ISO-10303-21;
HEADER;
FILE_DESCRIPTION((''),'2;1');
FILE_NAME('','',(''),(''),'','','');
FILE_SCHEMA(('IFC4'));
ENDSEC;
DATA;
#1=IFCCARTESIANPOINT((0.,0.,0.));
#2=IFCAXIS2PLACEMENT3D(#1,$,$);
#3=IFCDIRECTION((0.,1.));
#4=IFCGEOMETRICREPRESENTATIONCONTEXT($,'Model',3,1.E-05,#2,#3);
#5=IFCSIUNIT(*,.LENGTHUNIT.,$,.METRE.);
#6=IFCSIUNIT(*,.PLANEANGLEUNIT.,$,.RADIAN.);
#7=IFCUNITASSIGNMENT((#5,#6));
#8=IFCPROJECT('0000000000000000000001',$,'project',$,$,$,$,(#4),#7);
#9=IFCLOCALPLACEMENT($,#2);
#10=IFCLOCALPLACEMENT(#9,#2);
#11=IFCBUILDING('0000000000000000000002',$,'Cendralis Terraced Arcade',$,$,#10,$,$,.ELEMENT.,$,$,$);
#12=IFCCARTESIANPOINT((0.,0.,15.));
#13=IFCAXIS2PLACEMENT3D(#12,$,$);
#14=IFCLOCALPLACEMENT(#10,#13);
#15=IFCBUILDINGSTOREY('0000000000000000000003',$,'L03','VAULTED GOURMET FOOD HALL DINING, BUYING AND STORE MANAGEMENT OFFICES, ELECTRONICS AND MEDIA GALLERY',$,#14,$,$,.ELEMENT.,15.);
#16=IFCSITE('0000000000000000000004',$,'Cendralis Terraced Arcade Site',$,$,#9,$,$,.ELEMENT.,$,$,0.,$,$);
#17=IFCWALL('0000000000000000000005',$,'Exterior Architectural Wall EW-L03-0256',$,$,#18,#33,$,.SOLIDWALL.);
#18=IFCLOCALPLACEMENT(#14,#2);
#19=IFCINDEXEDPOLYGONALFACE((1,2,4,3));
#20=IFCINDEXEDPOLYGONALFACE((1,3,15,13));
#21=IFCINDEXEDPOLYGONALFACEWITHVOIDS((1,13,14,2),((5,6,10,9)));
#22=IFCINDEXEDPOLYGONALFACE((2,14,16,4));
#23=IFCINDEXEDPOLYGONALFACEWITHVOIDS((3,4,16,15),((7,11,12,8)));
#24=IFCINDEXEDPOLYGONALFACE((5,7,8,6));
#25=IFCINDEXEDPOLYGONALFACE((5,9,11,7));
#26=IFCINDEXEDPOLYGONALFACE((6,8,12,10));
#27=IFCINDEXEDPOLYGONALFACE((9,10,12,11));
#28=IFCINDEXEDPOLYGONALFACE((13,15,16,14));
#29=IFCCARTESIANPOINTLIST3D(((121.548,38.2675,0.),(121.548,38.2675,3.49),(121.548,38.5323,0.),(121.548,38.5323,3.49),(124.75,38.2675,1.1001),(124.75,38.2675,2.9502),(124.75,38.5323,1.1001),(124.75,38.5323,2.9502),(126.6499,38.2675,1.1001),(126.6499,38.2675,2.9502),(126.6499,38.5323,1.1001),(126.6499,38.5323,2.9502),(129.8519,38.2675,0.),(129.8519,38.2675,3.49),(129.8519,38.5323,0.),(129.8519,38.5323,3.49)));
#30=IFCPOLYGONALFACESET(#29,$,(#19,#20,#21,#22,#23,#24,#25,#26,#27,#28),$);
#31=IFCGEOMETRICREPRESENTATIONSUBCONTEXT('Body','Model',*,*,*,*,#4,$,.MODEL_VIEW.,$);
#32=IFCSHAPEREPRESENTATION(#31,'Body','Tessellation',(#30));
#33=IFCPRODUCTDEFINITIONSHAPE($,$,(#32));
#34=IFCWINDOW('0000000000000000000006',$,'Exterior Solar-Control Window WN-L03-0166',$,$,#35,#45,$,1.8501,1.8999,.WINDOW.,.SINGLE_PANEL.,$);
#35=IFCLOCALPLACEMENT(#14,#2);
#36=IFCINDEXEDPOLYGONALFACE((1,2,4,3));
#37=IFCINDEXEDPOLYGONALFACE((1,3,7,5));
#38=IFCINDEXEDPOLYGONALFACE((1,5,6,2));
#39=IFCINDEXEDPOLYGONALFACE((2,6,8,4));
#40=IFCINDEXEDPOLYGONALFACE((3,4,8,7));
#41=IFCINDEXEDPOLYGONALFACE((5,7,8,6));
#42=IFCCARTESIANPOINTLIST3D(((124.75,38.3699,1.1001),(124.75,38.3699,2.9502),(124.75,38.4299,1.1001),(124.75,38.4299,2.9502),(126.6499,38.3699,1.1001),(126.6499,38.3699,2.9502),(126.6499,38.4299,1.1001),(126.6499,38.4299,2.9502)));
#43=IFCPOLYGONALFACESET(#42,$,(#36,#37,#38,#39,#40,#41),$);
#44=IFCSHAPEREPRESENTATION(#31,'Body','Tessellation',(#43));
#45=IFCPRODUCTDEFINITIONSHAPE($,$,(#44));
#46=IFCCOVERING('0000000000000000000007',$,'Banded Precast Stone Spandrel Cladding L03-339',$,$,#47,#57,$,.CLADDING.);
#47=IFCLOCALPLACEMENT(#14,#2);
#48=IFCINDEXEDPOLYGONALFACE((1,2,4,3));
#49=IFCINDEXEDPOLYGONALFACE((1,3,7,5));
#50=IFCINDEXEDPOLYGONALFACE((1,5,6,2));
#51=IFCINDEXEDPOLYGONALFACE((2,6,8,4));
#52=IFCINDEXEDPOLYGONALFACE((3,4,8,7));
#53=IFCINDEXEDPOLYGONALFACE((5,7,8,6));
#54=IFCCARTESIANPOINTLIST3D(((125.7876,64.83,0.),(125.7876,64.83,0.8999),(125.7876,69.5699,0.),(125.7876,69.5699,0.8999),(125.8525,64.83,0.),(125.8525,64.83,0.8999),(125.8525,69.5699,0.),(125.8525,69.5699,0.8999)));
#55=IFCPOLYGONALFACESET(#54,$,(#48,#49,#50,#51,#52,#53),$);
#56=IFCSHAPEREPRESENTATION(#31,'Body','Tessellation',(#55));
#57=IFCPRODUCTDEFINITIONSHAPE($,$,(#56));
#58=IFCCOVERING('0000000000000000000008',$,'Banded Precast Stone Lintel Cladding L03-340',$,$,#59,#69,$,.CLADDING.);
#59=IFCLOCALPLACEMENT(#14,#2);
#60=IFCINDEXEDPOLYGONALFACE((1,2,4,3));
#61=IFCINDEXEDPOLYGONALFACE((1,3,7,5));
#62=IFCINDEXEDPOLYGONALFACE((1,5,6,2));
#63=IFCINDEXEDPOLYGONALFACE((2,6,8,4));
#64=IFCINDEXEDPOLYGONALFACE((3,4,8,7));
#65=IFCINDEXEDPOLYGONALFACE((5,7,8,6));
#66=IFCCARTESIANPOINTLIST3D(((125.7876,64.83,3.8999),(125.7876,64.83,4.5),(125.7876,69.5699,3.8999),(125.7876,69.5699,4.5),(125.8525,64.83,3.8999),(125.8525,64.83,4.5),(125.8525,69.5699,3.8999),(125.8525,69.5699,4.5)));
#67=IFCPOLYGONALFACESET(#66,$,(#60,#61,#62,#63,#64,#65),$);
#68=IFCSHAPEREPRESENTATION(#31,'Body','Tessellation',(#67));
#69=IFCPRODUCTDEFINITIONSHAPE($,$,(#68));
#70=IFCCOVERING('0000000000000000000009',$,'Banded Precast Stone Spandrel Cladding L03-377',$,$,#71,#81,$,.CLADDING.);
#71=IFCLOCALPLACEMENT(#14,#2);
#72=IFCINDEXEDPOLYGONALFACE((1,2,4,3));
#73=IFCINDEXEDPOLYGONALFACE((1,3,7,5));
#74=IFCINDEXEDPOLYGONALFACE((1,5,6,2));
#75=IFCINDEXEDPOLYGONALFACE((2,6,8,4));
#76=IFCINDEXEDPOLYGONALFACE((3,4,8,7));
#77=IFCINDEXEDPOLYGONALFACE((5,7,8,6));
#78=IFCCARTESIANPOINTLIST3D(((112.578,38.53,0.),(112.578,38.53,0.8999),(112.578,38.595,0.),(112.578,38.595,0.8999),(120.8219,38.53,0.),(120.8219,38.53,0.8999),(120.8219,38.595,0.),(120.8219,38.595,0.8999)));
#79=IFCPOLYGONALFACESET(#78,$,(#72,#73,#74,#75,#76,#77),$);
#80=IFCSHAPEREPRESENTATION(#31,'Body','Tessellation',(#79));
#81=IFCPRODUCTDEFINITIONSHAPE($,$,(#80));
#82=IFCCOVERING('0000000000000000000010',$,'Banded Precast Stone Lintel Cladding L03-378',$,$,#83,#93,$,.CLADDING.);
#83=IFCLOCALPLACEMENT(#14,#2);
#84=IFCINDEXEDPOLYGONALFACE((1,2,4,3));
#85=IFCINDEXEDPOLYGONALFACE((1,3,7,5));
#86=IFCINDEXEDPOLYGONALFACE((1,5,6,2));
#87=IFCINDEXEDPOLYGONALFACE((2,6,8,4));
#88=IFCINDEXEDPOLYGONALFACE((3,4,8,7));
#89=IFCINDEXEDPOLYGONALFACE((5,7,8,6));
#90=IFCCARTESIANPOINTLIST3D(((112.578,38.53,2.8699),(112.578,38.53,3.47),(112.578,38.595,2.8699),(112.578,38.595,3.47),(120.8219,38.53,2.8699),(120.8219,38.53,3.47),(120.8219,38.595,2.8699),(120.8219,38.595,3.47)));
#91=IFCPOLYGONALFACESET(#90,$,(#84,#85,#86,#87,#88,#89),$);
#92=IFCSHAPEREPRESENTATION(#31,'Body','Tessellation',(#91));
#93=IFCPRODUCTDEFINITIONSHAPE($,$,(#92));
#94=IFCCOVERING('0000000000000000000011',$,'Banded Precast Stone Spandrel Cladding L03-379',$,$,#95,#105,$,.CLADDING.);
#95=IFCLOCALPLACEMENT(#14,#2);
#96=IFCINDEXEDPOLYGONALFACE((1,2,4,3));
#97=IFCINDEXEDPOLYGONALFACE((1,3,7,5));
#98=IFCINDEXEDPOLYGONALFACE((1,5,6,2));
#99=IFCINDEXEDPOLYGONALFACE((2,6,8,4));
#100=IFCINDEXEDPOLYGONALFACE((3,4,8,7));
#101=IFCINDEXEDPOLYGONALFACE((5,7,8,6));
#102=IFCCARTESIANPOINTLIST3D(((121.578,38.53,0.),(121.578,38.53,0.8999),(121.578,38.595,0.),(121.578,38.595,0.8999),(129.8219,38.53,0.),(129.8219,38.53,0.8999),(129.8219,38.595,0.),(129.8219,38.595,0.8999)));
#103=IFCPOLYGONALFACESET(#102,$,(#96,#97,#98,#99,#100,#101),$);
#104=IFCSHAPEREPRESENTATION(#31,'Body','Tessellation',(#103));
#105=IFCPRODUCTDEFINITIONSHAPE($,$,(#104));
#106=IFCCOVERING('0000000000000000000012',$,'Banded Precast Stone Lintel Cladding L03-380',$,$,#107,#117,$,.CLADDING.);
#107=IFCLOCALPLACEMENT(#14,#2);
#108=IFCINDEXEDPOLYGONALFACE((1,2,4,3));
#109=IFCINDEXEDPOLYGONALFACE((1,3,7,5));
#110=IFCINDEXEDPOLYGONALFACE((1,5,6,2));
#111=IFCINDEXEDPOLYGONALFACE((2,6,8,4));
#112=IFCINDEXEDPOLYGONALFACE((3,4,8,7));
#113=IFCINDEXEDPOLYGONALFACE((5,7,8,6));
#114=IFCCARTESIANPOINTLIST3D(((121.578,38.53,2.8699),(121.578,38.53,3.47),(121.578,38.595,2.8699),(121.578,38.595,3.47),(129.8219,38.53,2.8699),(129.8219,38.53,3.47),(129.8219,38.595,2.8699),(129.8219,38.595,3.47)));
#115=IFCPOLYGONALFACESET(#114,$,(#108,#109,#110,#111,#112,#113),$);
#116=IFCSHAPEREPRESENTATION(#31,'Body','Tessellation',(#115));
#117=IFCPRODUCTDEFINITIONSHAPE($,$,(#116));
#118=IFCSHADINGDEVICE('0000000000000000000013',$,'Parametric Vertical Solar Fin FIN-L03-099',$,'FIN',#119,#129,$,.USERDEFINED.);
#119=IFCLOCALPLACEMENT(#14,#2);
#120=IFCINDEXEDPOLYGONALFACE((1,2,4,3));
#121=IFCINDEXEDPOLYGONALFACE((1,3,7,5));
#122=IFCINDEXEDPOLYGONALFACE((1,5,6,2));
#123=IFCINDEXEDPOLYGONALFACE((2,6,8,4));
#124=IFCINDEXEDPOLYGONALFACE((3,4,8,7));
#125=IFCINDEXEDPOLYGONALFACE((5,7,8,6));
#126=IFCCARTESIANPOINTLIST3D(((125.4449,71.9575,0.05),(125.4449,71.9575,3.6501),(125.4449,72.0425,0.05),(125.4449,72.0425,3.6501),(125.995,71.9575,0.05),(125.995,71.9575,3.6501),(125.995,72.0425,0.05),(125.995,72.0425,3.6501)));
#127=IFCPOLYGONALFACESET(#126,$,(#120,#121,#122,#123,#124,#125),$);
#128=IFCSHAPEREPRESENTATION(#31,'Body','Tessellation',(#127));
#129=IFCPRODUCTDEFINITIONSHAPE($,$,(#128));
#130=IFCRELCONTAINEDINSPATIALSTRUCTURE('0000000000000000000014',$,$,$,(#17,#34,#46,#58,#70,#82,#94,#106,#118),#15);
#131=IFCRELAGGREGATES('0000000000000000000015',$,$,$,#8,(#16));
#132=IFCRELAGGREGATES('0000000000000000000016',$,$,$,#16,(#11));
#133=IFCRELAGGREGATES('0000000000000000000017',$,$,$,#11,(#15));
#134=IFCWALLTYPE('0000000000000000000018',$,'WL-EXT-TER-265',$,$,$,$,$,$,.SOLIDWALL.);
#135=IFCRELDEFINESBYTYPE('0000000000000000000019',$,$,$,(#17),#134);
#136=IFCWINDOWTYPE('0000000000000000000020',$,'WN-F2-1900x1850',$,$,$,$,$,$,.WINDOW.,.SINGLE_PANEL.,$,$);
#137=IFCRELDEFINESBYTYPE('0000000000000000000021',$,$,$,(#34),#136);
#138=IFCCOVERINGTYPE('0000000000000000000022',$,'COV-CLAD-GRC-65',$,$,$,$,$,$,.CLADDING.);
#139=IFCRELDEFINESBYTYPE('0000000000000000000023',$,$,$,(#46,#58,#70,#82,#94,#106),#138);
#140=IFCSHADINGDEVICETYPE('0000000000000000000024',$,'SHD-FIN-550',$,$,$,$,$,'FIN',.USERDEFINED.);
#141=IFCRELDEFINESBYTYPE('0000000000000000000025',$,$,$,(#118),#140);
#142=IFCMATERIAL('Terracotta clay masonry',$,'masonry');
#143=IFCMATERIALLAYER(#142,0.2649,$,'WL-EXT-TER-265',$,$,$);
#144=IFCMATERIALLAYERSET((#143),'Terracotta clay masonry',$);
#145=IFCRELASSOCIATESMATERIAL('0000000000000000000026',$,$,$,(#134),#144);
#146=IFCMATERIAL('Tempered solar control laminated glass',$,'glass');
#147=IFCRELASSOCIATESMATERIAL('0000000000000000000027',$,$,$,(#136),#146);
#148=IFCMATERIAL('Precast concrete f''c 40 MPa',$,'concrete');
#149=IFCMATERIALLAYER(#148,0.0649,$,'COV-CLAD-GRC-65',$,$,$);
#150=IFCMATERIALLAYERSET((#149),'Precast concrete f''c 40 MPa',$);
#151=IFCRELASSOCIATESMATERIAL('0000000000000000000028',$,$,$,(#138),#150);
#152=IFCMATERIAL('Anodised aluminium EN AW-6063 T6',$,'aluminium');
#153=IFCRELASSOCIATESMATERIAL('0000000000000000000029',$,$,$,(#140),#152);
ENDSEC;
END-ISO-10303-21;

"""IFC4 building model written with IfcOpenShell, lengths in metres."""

from ifc_helpers import new_model, si_unit, direction, frame, frame_2d, origin, origin_2d, place, context, subcontext, project, spatial, rectangle, extrude, material, layer, layer_set, type_object, element, fill, save


model = new_model("IFC4")

# Units and contexts
model_context = context("Model", 3, precision=1e-05, world=origin(), true_north=direction((0.0, 1.0)))
body_context = subcontext(model_context, "Body", "Model", "MODEL_VIEW")
ifc_project = project(units=[si_unit("LENGTHUNIT", "METRE"), si_unit("PLANEANGLEUNIT", "RADIAN")], contexts=[model_context])

# Site, building, storey
site_placement = place(None, origin())
site = spatial("IfcSite", under=ifc_project, at=site_placement, Name="Cendralis Terraced Arcade Site", CompositionType="ELEMENT", RefElevation=0.0)
building_placement = place(site_placement, origin())
building = spatial("IfcBuilding", under=site, at=building_placement, Name="Cendralis Terraced Arcade", CompositionType="ELEMENT")
storey_placement = place(building_placement, frame((0.0, 0.0, 15.0)))
storey = spatial("IfcBuildingStorey", under=building, at=storey_placement, Name="L03", Description="VAULTED GOURMET FOOD HALL DINING, BUYING AND STORE MANAGEMENT OFFICES, ELECTRONICS AND MEDIA GALLERY", CompositionType="ELEMENT", Elevation=15.0)

# Shared definitions
ifc_material_1 = material(Name="Anodised aluminium EN AW-6063 T6", Category="aluminium")

# Shared definitions
ifc_material_2 = material(Name="Tempered solar control laminated glass", Category="glass")

# Wall, opening, window
ifc_material_3 = material(Name="Precast concrete f'c 40 MPa", Category="concrete")
ifc_material_4 = material(Name="Terracotta clay masonry", Category="masonry")
ifc_layer_1 = layer(ifc_material_4, 0.2649, Name="WL-EXT-TER-265")
ifc_layer_set_1 = layer_set([ifc_layer_1], Name="Terracotta clay masonry")
wall_type_1 = type_object("IfcWallType", Name="WL-EXT-TER-265", PredefinedType="SOLIDWALL", material=ifc_layer_set_1)
wall_1_placement = place(storey_placement, frame((121.5481, 38.3999, 0.0), z_axis=(0.0, 0.0, 1.0), x_axis=(1.0, 0.0, 0.0)))
wall_1 = element("IfcWall", 1, at=wall_1_placement, inside=storey, type_object=wall_type_1, Name="Exterior Architectural Wall EW-L03-0256", PredefinedType="SOLIDWALL", context=body_context, shape_type="SweptSolid", body=[
    extrude(rectangle(XDim=8.304, YDim=0.2649, at=frame_2d((4.1519, 0.0))), origin(), (0.0, 0.0, 1.0), 3.49),
])
opening_1_placement = place(wall_1_placement, frame((3.2019, 0.0, 1.1001)))
opening_1 = element("IfcOpeningElement", 2, at=opening_1_placement, cuts=wall_1, PredefinedType="OPENING", context=body_context, shape_type="SweptSolid", body=[
    extrude(rectangle(XDim=1.8999, YDim=1.8501, at=frame_2d((0.95, 0.925))), frame((0.0, 0.1445, 0.0), z_axis=(0.0, -1.0, 0.0), x_axis=(1.0, 0.0, 0.0)), (0.0, 0.0, 1.0), 0.2888),
])
window_type_1 = type_object("IfcWindowType", Name="WN-F2-1900x1850", PartitioningType="SINGLE_PANEL", PredefinedType="WINDOW", material=ifc_material_2)
window_1_placement = place(opening_1_placement, origin())
window_1 = element("IfcWindow", 3, at=window_1_placement, inside=storey, type_object=window_type_1, Name="Exterior Solar-Control Window WN-L03-0166", OverallHeight=1.8501, OverallWidth=1.8999, PartitioningType="SINGLE_PANEL", PredefinedType="WINDOW", context=body_context, shape_type="SweptSolid", body=[
    extrude(rectangle(XDim=1.8999, YDim=1.8501, at=frame_2d((0.95, 0.925))), frame((0.0, 0.03, 0.0), z_axis=(0.0, -1.0, 0.0), x_axis=(1.0, 0.0, 0.0)), (0.0, 0.0, 1.0), 0.0601),
])
fill(opening_1, window_1)

# Coverings
ifc_layer_2 = layer(ifc_material_3, 0.0649, Name="COV-CLAD-GRC-65")
ifc_layer_set_2 = layer_set([ifc_layer_2], Name="Precast concrete f'c 40 MPa")
covering_type = type_object("IfcCoveringType", Name="COV-CLAD-GRC-65", PredefinedType="CLADDING", material=ifc_layer_set_2)
covering_1_placement = place(storey_placement, frame((125.8201, 67.2, 0.0), z_axis=(0.0, 0.0, 1.0), x_axis=(0.0, 1.0, 0.0)))
element("IfcCovering", 4, at=covering_1_placement, inside=storey, type_object=covering_type, Name="Banded Precast Stone Spandrel Cladding L03-339", PredefinedType="CLADDING", context=body_context, shape_type="SweptSolid", body=[
    extrude(rectangle(XDim=4.74, YDim=0.0649, at=origin_2d()), origin(), (0.0, 0.0, 1.0), 0.8999),
])
covering_2_placement = place(storey_placement, frame((125.8201, 67.2, 3.8999), z_axis=(0.0, 0.0, 1.0), x_axis=(0.0, 1.0, 0.0)))
element("IfcCovering", 5, at=covering_2_placement, inside=storey, type_object=covering_type, Name="Banded Precast Stone Lintel Cladding L03-340", PredefinedType="CLADDING", context=body_context, shape_type="SweptSolid", body=[
    extrude(rectangle(XDim=4.74, YDim=0.0649, at=origin_2d()), origin(), (0.0, 0.0, 1.0), 0.6001),
])
covering_3_placement = place(storey_placement, frame((116.7, 38.5625, 0.0), z_axis=(0.0, 0.0, 1.0), x_axis=(1.0, 0.0, 0.0)))
element("IfcCovering", 6, at=covering_3_placement, inside=storey, type_object=covering_type, Name="Banded Precast Stone Spandrel Cladding L03-377", PredefinedType="CLADDING", context=body_context, shape_type="SweptSolid", body=[
    extrude(rectangle(XDim=8.2439, YDim=0.0649, at=origin_2d()), origin(), (0.0, 0.0, 1.0), 0.8999),
])
covering_4_placement = place(storey_placement, frame((116.7, 38.5625, 2.8699), z_axis=(0.0, 0.0, 1.0), x_axis=(1.0, 0.0, 0.0)))
element("IfcCovering", 7, at=covering_4_placement, inside=storey, type_object=covering_type, Name="Banded Precast Stone Lintel Cladding L03-378", PredefinedType="CLADDING", context=body_context, shape_type="SweptSolid", body=[
    extrude(rectangle(XDim=8.2439, YDim=0.0649, at=origin_2d()), origin(), (0.0, 0.0, 1.0), 0.6001),
])
covering_5_placement = place(storey_placement, frame((125.7, 38.5625, 0.0), z_axis=(0.0, 0.0, 1.0), x_axis=(1.0, 0.0, 0.0)))
element("IfcCovering", 8, at=covering_5_placement, inside=storey, type_object=covering_type, Name="Banded Precast Stone Spandrel Cladding L03-379", PredefinedType="CLADDING", context=body_context, shape_type="SweptSolid", body=[
    extrude(rectangle(XDim=8.2439, YDim=0.0649, at=origin_2d()), origin(), (0.0, 0.0, 1.0), 0.8999),
])
covering_6_placement = place(storey_placement, frame((125.7, 38.5625, 2.8699), z_axis=(0.0, 0.0, 1.0), x_axis=(1.0, 0.0, 0.0)))
element("IfcCovering", 9, at=covering_6_placement, inside=storey, type_object=covering_type, Name="Banded Precast Stone Lintel Cladding L03-380", PredefinedType="CLADDING", context=body_context, shape_type="SweptSolid", body=[
    extrude(rectangle(XDim=8.2439, YDim=0.0649, at=origin_2d()), origin(), (0.0, 0.0, 1.0), 0.6001),
])

# Shading device
shading_device_type = type_object("IfcShadingDeviceType", Name="SHD-FIN-550", ElementType="FIN", PredefinedType="USERDEFINED", material=ifc_material_1)
shading_device_placement = place(storey_placement, frame((125.72, 72.0, 0.05), z_axis=(0.0, 0.0, 1.0), x_axis=(0.0, 1.0, 0.0)))
element("IfcShadingDevice", 10, at=shading_device_placement, inside=storey, type_object=shading_device_type, Name="Parametric Vertical Solar Fin FIN-L03-099", ObjectType="FIN", PredefinedType="USERDEFINED", context=body_context, shape_type="SweptSolid", body=[
    extrude(rectangle(XDim=0.085, YDim=0.55, at=origin_2d()), origin(), (0.0, 0.0, 1.0), 3.6001),
])

save(model, "model.ifc")
